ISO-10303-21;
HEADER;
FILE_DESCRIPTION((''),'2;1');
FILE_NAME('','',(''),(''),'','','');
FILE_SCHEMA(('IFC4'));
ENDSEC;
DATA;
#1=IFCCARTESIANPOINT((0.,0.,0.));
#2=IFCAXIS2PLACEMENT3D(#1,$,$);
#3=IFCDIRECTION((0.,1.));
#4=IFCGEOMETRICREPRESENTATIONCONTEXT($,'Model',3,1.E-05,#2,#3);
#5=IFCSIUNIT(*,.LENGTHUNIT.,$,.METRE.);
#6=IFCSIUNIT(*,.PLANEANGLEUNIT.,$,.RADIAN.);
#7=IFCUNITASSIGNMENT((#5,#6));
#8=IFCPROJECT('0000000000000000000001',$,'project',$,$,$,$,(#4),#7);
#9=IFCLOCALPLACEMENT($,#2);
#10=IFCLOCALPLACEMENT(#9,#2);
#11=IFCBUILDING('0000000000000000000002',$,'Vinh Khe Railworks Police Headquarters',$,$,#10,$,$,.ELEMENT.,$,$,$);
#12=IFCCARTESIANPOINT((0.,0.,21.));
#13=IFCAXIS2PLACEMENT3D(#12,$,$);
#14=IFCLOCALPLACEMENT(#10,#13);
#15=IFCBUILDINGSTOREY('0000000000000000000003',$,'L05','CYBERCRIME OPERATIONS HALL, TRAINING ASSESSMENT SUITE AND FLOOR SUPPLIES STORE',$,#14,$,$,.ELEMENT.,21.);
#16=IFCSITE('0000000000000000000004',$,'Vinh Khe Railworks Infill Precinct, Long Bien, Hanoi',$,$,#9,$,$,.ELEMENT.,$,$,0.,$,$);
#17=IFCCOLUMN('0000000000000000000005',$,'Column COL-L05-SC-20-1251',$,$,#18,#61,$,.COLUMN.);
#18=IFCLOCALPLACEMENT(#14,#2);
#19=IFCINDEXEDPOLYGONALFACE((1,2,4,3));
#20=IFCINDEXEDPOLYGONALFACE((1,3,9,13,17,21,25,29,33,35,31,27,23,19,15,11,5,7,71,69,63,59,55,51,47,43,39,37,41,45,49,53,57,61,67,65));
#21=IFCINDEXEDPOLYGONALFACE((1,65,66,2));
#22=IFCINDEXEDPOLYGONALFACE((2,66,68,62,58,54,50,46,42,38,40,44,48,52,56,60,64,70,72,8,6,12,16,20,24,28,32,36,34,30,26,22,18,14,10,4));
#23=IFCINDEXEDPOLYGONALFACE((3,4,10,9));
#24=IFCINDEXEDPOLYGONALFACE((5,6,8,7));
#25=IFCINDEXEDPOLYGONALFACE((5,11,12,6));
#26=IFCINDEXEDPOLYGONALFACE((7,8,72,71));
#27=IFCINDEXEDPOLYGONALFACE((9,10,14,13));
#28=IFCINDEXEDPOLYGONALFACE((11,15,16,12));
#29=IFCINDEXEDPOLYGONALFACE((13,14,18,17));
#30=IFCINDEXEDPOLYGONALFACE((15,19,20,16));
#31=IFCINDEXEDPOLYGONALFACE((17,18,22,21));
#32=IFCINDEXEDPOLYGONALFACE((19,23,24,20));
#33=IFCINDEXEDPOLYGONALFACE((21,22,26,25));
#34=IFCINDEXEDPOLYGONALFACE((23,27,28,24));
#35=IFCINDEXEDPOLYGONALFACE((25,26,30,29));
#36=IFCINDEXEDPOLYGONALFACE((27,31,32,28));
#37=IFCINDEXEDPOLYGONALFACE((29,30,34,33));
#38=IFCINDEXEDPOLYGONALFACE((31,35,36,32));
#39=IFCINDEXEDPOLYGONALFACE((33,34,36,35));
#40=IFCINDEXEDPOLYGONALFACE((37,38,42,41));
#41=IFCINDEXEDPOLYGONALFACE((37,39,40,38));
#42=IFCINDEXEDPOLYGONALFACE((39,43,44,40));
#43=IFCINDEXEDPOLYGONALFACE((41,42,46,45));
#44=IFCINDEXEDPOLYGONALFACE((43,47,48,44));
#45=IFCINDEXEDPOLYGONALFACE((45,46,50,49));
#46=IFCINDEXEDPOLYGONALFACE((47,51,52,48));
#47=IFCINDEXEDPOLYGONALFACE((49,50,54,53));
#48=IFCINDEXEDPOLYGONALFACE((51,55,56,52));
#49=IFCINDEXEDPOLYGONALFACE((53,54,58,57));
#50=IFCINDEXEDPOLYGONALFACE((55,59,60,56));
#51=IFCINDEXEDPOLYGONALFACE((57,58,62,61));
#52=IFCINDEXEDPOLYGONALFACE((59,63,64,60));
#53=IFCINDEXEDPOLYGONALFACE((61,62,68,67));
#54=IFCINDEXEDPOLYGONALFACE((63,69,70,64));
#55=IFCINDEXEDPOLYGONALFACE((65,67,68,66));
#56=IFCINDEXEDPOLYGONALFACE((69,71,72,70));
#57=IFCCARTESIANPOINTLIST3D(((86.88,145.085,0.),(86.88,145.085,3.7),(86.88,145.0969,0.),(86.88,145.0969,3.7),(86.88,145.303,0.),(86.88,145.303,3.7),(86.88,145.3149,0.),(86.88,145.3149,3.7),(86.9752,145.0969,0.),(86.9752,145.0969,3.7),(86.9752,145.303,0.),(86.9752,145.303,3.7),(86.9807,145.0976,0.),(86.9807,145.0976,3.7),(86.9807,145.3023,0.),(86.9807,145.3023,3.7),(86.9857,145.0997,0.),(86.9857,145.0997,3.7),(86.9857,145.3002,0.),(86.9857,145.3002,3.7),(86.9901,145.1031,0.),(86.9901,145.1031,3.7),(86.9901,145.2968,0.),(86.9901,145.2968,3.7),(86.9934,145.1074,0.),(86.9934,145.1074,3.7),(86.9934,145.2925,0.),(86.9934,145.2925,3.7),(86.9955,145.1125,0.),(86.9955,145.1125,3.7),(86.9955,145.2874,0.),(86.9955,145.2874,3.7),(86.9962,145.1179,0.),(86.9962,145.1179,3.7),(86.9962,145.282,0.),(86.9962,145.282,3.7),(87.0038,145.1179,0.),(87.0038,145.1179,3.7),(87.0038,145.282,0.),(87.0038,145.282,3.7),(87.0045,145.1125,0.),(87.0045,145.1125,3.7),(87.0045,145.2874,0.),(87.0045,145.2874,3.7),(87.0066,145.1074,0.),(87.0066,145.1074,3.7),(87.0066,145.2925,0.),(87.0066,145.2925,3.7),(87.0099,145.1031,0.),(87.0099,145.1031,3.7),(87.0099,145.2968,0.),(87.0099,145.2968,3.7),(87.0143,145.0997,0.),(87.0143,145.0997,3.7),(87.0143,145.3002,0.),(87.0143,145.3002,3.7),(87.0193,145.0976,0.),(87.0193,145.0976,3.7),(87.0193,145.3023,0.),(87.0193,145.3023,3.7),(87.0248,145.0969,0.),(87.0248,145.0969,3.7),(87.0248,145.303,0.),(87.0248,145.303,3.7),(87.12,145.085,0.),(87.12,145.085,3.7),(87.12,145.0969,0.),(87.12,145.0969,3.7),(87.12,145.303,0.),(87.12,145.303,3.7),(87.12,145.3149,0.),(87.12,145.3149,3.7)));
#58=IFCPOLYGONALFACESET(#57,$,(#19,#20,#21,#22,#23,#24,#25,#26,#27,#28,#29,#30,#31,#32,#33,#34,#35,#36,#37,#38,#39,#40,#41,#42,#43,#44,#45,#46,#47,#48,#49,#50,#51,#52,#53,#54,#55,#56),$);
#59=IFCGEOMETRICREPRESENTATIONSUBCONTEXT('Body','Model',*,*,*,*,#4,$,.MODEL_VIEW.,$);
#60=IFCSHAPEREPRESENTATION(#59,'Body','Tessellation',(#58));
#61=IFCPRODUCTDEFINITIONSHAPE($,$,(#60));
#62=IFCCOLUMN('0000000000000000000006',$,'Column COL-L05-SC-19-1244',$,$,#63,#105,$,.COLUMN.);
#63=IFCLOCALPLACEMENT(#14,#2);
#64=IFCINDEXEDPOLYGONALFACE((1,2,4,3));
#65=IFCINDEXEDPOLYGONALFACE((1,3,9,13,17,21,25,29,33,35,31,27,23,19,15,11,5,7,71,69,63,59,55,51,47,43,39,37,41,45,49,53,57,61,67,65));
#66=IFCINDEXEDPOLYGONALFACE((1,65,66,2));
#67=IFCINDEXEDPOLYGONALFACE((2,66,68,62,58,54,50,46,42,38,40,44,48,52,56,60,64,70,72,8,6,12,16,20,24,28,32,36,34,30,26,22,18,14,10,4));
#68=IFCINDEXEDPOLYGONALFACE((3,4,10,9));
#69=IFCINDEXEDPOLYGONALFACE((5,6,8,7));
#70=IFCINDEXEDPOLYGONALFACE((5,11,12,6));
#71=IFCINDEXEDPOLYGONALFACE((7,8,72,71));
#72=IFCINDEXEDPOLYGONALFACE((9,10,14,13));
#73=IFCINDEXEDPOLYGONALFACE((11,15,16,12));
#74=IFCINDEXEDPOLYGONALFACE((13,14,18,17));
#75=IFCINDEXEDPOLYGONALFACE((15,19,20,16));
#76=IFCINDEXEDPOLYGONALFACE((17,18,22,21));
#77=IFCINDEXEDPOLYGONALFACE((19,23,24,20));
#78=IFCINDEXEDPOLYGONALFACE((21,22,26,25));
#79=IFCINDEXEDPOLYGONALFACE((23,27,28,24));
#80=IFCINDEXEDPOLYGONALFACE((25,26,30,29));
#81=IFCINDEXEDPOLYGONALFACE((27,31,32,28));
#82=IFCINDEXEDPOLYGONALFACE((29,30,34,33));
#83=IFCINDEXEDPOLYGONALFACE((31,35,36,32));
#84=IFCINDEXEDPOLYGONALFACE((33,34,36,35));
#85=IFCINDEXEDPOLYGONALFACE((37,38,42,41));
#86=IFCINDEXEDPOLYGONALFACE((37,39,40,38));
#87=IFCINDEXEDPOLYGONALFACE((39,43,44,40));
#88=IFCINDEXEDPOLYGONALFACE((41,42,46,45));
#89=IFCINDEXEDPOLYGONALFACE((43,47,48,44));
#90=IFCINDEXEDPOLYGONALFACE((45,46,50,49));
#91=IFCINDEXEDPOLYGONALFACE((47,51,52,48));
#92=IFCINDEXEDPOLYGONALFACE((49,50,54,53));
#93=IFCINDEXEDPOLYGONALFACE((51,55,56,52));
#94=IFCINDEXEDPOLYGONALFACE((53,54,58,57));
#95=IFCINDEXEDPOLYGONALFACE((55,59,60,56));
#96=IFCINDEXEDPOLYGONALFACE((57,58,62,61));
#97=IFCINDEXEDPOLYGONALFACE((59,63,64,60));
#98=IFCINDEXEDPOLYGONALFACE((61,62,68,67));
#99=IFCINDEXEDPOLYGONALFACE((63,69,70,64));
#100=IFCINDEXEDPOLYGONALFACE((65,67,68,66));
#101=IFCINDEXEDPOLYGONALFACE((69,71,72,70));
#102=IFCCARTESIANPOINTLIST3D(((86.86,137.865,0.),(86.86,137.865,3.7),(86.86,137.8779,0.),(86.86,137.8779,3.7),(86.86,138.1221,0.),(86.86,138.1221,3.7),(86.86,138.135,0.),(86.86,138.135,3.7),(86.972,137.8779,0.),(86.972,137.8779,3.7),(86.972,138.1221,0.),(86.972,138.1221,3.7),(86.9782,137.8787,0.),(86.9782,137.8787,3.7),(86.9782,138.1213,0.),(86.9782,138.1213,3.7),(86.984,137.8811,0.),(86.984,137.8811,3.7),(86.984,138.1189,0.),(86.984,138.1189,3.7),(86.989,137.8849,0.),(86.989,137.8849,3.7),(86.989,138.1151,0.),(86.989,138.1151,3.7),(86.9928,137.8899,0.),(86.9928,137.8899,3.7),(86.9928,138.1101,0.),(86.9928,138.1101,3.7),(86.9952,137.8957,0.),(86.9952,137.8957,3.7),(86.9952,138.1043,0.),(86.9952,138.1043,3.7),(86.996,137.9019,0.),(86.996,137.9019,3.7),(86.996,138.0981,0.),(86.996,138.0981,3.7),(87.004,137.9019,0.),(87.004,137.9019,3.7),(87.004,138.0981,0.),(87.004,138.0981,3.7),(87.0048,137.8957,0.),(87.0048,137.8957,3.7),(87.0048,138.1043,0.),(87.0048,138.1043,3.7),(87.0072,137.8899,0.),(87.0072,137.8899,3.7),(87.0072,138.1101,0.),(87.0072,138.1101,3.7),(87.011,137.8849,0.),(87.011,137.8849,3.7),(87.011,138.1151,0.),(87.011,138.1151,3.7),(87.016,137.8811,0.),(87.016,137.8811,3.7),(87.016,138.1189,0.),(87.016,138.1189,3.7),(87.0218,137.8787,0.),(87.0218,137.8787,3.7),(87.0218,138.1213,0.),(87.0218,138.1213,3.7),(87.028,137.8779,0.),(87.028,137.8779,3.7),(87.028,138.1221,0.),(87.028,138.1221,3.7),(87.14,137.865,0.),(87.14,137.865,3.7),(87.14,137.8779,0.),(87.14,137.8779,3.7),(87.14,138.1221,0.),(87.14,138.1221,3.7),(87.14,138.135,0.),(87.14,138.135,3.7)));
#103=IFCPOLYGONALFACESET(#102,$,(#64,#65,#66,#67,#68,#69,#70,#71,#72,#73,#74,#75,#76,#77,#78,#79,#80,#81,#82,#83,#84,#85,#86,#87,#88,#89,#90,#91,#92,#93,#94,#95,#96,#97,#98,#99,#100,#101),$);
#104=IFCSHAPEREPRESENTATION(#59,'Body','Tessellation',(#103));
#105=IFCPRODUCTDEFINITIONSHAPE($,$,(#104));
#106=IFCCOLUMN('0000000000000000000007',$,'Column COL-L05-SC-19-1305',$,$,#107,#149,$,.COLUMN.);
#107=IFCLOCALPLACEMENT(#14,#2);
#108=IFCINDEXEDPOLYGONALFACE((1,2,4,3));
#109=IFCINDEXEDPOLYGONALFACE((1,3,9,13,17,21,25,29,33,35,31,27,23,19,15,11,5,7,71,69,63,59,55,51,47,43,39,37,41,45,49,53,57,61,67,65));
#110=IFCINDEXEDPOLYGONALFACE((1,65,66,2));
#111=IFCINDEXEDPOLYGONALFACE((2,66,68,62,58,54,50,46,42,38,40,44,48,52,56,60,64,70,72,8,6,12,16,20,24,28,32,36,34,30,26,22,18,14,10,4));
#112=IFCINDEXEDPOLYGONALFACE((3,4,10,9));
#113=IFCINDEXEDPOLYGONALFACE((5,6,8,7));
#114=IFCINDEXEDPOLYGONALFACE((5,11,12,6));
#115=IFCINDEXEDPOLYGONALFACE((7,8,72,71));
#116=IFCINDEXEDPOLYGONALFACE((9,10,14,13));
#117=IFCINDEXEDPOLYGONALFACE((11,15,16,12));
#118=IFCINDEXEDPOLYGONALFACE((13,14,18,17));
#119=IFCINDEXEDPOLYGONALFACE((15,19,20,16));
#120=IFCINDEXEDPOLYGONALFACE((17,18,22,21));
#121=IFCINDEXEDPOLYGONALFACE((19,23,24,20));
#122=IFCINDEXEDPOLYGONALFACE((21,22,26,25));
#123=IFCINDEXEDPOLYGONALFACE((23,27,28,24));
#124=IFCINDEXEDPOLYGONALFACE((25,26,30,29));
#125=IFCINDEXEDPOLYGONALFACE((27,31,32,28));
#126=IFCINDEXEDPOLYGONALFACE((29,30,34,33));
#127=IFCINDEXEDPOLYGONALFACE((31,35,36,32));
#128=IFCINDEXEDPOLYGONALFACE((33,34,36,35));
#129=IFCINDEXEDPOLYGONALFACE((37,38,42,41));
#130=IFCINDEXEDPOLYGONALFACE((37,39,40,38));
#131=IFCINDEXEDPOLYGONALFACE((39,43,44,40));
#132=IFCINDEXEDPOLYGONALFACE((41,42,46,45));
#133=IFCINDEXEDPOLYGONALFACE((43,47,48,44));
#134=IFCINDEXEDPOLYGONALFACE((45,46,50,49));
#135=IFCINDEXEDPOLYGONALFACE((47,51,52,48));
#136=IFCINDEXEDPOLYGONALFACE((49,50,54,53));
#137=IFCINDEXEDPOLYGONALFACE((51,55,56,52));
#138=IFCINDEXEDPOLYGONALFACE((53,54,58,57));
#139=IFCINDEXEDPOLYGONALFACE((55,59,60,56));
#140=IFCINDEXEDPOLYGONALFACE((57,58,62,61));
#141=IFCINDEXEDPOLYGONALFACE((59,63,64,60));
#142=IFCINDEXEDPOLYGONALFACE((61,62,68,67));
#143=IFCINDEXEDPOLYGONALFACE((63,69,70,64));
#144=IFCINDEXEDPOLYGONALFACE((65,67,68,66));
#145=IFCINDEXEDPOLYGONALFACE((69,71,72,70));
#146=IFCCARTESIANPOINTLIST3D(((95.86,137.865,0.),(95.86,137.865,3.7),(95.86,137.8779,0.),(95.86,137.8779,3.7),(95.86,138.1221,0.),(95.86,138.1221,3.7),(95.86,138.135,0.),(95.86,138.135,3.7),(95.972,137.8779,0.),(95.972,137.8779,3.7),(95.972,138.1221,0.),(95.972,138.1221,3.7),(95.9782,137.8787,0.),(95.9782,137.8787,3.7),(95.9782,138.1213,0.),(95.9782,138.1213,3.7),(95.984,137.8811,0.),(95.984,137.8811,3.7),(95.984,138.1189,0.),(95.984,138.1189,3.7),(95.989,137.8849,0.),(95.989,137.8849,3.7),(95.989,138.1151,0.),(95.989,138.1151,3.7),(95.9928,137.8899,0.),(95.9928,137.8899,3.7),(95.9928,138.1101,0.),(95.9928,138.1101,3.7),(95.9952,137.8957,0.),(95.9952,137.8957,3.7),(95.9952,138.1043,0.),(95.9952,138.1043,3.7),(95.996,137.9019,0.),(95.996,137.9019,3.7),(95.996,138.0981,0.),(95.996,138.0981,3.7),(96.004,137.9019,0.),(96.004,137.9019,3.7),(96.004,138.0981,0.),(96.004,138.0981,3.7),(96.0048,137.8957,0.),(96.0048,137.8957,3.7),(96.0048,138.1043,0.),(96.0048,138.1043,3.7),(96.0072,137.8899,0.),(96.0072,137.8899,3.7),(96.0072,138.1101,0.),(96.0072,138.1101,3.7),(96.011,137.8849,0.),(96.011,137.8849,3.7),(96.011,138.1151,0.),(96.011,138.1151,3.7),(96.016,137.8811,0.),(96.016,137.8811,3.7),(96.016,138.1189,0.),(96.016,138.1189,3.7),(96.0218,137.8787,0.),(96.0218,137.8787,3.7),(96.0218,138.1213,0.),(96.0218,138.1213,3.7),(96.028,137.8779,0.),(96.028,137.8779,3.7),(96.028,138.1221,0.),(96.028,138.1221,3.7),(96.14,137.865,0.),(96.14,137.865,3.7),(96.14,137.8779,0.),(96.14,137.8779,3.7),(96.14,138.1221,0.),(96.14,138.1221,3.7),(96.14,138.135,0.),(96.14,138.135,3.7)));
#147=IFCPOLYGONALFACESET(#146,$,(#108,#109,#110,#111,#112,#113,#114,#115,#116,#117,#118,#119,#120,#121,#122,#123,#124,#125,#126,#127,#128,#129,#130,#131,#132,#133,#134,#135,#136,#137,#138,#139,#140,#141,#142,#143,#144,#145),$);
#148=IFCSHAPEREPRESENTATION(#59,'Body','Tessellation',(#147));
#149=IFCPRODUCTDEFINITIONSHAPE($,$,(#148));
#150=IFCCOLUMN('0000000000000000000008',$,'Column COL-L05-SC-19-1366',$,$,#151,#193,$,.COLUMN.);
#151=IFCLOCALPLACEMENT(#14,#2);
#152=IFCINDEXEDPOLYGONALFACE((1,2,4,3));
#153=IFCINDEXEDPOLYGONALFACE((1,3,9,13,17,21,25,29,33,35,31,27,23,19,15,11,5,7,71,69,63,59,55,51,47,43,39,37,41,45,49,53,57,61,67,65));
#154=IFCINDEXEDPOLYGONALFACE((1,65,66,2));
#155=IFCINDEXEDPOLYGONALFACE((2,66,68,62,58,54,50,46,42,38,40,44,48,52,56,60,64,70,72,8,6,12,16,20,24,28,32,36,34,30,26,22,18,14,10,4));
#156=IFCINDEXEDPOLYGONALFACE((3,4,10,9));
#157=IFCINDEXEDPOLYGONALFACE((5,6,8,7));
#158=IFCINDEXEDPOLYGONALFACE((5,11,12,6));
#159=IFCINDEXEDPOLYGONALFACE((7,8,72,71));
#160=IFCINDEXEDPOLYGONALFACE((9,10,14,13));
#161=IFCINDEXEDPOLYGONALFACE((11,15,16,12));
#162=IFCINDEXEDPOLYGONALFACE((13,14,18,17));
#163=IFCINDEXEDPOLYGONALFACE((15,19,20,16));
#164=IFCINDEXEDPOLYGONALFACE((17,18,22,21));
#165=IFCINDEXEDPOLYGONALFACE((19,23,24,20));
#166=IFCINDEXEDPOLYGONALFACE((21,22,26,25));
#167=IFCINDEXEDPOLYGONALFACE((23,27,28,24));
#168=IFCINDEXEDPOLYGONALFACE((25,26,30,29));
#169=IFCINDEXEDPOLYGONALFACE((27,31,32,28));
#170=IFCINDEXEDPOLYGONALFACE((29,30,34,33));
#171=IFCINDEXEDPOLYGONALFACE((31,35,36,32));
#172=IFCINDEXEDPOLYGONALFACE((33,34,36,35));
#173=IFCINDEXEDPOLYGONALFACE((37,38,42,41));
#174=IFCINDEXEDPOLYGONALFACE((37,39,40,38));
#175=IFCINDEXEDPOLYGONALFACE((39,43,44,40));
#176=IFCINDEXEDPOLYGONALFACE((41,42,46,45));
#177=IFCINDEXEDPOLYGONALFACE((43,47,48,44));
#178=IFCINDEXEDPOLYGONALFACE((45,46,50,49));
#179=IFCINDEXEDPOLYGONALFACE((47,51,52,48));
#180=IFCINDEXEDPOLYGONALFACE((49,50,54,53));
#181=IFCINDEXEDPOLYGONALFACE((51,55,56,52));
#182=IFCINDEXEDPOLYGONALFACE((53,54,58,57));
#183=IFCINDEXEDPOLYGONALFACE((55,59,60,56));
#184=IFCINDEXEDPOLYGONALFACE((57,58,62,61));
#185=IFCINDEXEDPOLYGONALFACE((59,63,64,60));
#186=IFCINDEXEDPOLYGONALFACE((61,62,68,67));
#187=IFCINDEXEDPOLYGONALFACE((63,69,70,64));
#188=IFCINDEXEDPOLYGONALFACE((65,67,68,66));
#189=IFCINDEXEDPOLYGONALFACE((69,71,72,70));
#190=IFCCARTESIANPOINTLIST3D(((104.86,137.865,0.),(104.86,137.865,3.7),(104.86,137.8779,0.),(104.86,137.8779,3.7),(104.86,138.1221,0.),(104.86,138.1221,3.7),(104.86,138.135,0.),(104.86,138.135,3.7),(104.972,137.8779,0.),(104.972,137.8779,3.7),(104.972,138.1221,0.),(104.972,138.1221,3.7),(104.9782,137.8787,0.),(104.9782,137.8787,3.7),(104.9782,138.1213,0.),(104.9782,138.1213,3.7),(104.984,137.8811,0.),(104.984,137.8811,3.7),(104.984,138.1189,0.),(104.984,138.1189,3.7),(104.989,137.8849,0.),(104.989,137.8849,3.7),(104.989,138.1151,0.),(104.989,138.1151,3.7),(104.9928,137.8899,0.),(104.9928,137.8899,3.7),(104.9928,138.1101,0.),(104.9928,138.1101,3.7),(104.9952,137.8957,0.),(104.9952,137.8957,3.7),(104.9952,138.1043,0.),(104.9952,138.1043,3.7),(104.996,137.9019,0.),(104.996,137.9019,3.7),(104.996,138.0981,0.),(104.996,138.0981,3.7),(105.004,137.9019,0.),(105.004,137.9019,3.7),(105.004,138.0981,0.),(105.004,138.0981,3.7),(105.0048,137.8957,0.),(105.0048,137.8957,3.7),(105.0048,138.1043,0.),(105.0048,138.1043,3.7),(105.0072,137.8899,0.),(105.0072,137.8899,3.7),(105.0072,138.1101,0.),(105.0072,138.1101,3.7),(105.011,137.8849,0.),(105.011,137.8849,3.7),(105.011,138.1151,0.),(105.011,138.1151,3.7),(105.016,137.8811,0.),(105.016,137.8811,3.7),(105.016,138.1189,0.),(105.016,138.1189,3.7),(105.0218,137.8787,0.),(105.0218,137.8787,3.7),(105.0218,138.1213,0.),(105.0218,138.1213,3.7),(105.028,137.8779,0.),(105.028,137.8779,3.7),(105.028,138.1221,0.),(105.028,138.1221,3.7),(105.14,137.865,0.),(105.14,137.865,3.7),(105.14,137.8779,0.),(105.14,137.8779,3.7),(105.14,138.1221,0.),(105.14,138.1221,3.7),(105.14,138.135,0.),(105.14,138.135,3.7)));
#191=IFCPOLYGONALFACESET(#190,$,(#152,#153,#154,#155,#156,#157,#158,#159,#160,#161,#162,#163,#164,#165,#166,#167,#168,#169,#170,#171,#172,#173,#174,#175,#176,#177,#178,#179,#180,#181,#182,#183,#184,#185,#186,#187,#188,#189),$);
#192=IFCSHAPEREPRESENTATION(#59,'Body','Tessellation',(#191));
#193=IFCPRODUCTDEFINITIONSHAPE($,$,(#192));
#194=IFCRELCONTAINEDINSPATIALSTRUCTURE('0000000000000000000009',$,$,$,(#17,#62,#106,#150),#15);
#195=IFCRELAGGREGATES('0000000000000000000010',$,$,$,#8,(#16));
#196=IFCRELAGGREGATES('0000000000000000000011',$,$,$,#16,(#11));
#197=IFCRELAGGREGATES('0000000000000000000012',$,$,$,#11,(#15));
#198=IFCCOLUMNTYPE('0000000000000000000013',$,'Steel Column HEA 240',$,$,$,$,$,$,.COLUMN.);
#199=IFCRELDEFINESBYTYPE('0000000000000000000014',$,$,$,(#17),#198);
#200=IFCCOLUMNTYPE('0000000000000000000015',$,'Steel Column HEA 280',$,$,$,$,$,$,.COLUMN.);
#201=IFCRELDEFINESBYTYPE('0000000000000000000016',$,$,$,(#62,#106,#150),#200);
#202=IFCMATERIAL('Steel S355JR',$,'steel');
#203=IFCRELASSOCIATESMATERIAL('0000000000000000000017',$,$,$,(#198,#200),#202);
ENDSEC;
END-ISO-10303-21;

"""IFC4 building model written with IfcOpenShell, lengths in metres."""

from ifc_helpers import new_model, si_unit, direction, frame, origin, origin_2d, place, context, subcontext, project, spatial, i_section, extrude, material, material_profile, profile_set, type_object, element, save


model = new_model("IFC4")

# Units and contexts
model_context = context("Model", 3, precision=1e-05, world=origin(), true_north=direction((0.0, 1.0)))
body_context = subcontext(model_context, "Body", "Model", "MODEL_VIEW")
ifc_project = project(units=[si_unit("LENGTHUNIT", "METRE"), si_unit("PLANEANGLEUNIT", "RADIAN")], contexts=[model_context])

# Site, building, storey
site_placement = place(None, origin())
site = spatial("IfcSite", under=ifc_project, at=site_placement, Name="Vinh Khe Railworks Infill Precinct, Long Bien, Hanoi", CompositionType="ELEMENT", RefElevation=0.0)
building_placement = place(site_placement, origin())
building = spatial("IfcBuilding", under=site, at=building_placement, Name="Vinh Khe Railworks Police Headquarters", CompositionType="ELEMENT")
storey_placement = place(building_placement, frame((0.0, 0.0, 21.0)))
storey = spatial("IfcBuildingStorey", under=building, at=storey_placement, Name="L05", Description="CYBERCRIME OPERATIONS HALL, TRAINING ASSESSMENT SUITE AND FLOOR SUPPLIES STORE", CompositionType="ELEMENT", Elevation=21.0)

# Columns
ifc_material_1 = material(Name="Steel S355JR", Category="steel")
ifc_material_profile_1 = material_profile(ifc_material_1, i_section(OverallWidth=0.24, OverallDepth=0.23, WebThickness=0.0076, FlangeThickness=0.012, FilletRadius=0.021, at=origin_2d()), Name="HEA 240")
ifc_profile_set_1 = profile_set([ifc_material_profile_1], Name="Steel S355JR")
column_type_1 = type_object("IfcColumnType", Name="Steel Column HEA 240", PredefinedType="COLUMN", material=ifc_profile_set_1)
column_1_placement = place(storey_placement, frame((87.0, 145.2, 0.0), z_axis=(0.0, 0.0, 1.0), x_axis=(1.0, 0.0, 0.0)))
element("IfcColumn", 1, at=column_1_placement, inside=storey, type_object=column_type_1, Name="Column COL-L05-SC-20-1251", PredefinedType="COLUMN", context=body_context, shape_type="SweptSolid", body=[
    extrude(i_section(OverallWidth=0.24, OverallDepth=0.23, WebThickness=0.0076, FlangeThickness=0.012, FilletRadius=0.021, at=origin_2d()), origin(), (0.0, 0.0, 1.0), 3.7),
])
ifc_material_profile_2 = material_profile(ifc_material_1, i_section(OverallWidth=0.28, OverallDepth=0.27, WebThickness=0.0081, FlangeThickness=0.0129, FilletRadius=0.0239, at=origin_2d()), Name="HEA 280")
ifc_profile_set_2 = profile_set([ifc_material_profile_2], Name="Steel S355JR")
column_type_2 = type_object("IfcColumnType", Name="Steel Column HEA 280", PredefinedType="COLUMN", material=ifc_profile_set_2)
for number, where, z_axis, x_axis, name in (
    (2, (87.0, 138.0, 0.0), (0.0, 0.0, 1.0), (1.0, 0.0, 0.0), "Column COL-L05-SC-19-1244"),
    (3, (96.0, 138.0, 0.0), (0.0, 0.0, 1.0), (1.0, 0.0, 0.0), "Column COL-L05-SC-19-1305"),
    (4, (105.0, 138.0, 0.0), (0.0, 0.0, 1.0), (1.0, 0.0, 0.0), "Column COL-L05-SC-19-1366"),
):
    element("IfcColumn", number, at=place(storey_placement, frame(where, z_axis=z_axis, x_axis=x_axis)), inside=storey, type_object=column_type_2, Name=name, PredefinedType="COLUMN", context=body_context, shape_type="SweptSolid", body=[
        extrude(i_section(OverallWidth=0.28, OverallDepth=0.27, WebThickness=0.0081, FlangeThickness=0.0129, FilletRadius=0.0239, at=origin_2d()), origin(), (0.0, 0.0, 1.0), 3.7),
    ])

save(model, "model.ifc")
